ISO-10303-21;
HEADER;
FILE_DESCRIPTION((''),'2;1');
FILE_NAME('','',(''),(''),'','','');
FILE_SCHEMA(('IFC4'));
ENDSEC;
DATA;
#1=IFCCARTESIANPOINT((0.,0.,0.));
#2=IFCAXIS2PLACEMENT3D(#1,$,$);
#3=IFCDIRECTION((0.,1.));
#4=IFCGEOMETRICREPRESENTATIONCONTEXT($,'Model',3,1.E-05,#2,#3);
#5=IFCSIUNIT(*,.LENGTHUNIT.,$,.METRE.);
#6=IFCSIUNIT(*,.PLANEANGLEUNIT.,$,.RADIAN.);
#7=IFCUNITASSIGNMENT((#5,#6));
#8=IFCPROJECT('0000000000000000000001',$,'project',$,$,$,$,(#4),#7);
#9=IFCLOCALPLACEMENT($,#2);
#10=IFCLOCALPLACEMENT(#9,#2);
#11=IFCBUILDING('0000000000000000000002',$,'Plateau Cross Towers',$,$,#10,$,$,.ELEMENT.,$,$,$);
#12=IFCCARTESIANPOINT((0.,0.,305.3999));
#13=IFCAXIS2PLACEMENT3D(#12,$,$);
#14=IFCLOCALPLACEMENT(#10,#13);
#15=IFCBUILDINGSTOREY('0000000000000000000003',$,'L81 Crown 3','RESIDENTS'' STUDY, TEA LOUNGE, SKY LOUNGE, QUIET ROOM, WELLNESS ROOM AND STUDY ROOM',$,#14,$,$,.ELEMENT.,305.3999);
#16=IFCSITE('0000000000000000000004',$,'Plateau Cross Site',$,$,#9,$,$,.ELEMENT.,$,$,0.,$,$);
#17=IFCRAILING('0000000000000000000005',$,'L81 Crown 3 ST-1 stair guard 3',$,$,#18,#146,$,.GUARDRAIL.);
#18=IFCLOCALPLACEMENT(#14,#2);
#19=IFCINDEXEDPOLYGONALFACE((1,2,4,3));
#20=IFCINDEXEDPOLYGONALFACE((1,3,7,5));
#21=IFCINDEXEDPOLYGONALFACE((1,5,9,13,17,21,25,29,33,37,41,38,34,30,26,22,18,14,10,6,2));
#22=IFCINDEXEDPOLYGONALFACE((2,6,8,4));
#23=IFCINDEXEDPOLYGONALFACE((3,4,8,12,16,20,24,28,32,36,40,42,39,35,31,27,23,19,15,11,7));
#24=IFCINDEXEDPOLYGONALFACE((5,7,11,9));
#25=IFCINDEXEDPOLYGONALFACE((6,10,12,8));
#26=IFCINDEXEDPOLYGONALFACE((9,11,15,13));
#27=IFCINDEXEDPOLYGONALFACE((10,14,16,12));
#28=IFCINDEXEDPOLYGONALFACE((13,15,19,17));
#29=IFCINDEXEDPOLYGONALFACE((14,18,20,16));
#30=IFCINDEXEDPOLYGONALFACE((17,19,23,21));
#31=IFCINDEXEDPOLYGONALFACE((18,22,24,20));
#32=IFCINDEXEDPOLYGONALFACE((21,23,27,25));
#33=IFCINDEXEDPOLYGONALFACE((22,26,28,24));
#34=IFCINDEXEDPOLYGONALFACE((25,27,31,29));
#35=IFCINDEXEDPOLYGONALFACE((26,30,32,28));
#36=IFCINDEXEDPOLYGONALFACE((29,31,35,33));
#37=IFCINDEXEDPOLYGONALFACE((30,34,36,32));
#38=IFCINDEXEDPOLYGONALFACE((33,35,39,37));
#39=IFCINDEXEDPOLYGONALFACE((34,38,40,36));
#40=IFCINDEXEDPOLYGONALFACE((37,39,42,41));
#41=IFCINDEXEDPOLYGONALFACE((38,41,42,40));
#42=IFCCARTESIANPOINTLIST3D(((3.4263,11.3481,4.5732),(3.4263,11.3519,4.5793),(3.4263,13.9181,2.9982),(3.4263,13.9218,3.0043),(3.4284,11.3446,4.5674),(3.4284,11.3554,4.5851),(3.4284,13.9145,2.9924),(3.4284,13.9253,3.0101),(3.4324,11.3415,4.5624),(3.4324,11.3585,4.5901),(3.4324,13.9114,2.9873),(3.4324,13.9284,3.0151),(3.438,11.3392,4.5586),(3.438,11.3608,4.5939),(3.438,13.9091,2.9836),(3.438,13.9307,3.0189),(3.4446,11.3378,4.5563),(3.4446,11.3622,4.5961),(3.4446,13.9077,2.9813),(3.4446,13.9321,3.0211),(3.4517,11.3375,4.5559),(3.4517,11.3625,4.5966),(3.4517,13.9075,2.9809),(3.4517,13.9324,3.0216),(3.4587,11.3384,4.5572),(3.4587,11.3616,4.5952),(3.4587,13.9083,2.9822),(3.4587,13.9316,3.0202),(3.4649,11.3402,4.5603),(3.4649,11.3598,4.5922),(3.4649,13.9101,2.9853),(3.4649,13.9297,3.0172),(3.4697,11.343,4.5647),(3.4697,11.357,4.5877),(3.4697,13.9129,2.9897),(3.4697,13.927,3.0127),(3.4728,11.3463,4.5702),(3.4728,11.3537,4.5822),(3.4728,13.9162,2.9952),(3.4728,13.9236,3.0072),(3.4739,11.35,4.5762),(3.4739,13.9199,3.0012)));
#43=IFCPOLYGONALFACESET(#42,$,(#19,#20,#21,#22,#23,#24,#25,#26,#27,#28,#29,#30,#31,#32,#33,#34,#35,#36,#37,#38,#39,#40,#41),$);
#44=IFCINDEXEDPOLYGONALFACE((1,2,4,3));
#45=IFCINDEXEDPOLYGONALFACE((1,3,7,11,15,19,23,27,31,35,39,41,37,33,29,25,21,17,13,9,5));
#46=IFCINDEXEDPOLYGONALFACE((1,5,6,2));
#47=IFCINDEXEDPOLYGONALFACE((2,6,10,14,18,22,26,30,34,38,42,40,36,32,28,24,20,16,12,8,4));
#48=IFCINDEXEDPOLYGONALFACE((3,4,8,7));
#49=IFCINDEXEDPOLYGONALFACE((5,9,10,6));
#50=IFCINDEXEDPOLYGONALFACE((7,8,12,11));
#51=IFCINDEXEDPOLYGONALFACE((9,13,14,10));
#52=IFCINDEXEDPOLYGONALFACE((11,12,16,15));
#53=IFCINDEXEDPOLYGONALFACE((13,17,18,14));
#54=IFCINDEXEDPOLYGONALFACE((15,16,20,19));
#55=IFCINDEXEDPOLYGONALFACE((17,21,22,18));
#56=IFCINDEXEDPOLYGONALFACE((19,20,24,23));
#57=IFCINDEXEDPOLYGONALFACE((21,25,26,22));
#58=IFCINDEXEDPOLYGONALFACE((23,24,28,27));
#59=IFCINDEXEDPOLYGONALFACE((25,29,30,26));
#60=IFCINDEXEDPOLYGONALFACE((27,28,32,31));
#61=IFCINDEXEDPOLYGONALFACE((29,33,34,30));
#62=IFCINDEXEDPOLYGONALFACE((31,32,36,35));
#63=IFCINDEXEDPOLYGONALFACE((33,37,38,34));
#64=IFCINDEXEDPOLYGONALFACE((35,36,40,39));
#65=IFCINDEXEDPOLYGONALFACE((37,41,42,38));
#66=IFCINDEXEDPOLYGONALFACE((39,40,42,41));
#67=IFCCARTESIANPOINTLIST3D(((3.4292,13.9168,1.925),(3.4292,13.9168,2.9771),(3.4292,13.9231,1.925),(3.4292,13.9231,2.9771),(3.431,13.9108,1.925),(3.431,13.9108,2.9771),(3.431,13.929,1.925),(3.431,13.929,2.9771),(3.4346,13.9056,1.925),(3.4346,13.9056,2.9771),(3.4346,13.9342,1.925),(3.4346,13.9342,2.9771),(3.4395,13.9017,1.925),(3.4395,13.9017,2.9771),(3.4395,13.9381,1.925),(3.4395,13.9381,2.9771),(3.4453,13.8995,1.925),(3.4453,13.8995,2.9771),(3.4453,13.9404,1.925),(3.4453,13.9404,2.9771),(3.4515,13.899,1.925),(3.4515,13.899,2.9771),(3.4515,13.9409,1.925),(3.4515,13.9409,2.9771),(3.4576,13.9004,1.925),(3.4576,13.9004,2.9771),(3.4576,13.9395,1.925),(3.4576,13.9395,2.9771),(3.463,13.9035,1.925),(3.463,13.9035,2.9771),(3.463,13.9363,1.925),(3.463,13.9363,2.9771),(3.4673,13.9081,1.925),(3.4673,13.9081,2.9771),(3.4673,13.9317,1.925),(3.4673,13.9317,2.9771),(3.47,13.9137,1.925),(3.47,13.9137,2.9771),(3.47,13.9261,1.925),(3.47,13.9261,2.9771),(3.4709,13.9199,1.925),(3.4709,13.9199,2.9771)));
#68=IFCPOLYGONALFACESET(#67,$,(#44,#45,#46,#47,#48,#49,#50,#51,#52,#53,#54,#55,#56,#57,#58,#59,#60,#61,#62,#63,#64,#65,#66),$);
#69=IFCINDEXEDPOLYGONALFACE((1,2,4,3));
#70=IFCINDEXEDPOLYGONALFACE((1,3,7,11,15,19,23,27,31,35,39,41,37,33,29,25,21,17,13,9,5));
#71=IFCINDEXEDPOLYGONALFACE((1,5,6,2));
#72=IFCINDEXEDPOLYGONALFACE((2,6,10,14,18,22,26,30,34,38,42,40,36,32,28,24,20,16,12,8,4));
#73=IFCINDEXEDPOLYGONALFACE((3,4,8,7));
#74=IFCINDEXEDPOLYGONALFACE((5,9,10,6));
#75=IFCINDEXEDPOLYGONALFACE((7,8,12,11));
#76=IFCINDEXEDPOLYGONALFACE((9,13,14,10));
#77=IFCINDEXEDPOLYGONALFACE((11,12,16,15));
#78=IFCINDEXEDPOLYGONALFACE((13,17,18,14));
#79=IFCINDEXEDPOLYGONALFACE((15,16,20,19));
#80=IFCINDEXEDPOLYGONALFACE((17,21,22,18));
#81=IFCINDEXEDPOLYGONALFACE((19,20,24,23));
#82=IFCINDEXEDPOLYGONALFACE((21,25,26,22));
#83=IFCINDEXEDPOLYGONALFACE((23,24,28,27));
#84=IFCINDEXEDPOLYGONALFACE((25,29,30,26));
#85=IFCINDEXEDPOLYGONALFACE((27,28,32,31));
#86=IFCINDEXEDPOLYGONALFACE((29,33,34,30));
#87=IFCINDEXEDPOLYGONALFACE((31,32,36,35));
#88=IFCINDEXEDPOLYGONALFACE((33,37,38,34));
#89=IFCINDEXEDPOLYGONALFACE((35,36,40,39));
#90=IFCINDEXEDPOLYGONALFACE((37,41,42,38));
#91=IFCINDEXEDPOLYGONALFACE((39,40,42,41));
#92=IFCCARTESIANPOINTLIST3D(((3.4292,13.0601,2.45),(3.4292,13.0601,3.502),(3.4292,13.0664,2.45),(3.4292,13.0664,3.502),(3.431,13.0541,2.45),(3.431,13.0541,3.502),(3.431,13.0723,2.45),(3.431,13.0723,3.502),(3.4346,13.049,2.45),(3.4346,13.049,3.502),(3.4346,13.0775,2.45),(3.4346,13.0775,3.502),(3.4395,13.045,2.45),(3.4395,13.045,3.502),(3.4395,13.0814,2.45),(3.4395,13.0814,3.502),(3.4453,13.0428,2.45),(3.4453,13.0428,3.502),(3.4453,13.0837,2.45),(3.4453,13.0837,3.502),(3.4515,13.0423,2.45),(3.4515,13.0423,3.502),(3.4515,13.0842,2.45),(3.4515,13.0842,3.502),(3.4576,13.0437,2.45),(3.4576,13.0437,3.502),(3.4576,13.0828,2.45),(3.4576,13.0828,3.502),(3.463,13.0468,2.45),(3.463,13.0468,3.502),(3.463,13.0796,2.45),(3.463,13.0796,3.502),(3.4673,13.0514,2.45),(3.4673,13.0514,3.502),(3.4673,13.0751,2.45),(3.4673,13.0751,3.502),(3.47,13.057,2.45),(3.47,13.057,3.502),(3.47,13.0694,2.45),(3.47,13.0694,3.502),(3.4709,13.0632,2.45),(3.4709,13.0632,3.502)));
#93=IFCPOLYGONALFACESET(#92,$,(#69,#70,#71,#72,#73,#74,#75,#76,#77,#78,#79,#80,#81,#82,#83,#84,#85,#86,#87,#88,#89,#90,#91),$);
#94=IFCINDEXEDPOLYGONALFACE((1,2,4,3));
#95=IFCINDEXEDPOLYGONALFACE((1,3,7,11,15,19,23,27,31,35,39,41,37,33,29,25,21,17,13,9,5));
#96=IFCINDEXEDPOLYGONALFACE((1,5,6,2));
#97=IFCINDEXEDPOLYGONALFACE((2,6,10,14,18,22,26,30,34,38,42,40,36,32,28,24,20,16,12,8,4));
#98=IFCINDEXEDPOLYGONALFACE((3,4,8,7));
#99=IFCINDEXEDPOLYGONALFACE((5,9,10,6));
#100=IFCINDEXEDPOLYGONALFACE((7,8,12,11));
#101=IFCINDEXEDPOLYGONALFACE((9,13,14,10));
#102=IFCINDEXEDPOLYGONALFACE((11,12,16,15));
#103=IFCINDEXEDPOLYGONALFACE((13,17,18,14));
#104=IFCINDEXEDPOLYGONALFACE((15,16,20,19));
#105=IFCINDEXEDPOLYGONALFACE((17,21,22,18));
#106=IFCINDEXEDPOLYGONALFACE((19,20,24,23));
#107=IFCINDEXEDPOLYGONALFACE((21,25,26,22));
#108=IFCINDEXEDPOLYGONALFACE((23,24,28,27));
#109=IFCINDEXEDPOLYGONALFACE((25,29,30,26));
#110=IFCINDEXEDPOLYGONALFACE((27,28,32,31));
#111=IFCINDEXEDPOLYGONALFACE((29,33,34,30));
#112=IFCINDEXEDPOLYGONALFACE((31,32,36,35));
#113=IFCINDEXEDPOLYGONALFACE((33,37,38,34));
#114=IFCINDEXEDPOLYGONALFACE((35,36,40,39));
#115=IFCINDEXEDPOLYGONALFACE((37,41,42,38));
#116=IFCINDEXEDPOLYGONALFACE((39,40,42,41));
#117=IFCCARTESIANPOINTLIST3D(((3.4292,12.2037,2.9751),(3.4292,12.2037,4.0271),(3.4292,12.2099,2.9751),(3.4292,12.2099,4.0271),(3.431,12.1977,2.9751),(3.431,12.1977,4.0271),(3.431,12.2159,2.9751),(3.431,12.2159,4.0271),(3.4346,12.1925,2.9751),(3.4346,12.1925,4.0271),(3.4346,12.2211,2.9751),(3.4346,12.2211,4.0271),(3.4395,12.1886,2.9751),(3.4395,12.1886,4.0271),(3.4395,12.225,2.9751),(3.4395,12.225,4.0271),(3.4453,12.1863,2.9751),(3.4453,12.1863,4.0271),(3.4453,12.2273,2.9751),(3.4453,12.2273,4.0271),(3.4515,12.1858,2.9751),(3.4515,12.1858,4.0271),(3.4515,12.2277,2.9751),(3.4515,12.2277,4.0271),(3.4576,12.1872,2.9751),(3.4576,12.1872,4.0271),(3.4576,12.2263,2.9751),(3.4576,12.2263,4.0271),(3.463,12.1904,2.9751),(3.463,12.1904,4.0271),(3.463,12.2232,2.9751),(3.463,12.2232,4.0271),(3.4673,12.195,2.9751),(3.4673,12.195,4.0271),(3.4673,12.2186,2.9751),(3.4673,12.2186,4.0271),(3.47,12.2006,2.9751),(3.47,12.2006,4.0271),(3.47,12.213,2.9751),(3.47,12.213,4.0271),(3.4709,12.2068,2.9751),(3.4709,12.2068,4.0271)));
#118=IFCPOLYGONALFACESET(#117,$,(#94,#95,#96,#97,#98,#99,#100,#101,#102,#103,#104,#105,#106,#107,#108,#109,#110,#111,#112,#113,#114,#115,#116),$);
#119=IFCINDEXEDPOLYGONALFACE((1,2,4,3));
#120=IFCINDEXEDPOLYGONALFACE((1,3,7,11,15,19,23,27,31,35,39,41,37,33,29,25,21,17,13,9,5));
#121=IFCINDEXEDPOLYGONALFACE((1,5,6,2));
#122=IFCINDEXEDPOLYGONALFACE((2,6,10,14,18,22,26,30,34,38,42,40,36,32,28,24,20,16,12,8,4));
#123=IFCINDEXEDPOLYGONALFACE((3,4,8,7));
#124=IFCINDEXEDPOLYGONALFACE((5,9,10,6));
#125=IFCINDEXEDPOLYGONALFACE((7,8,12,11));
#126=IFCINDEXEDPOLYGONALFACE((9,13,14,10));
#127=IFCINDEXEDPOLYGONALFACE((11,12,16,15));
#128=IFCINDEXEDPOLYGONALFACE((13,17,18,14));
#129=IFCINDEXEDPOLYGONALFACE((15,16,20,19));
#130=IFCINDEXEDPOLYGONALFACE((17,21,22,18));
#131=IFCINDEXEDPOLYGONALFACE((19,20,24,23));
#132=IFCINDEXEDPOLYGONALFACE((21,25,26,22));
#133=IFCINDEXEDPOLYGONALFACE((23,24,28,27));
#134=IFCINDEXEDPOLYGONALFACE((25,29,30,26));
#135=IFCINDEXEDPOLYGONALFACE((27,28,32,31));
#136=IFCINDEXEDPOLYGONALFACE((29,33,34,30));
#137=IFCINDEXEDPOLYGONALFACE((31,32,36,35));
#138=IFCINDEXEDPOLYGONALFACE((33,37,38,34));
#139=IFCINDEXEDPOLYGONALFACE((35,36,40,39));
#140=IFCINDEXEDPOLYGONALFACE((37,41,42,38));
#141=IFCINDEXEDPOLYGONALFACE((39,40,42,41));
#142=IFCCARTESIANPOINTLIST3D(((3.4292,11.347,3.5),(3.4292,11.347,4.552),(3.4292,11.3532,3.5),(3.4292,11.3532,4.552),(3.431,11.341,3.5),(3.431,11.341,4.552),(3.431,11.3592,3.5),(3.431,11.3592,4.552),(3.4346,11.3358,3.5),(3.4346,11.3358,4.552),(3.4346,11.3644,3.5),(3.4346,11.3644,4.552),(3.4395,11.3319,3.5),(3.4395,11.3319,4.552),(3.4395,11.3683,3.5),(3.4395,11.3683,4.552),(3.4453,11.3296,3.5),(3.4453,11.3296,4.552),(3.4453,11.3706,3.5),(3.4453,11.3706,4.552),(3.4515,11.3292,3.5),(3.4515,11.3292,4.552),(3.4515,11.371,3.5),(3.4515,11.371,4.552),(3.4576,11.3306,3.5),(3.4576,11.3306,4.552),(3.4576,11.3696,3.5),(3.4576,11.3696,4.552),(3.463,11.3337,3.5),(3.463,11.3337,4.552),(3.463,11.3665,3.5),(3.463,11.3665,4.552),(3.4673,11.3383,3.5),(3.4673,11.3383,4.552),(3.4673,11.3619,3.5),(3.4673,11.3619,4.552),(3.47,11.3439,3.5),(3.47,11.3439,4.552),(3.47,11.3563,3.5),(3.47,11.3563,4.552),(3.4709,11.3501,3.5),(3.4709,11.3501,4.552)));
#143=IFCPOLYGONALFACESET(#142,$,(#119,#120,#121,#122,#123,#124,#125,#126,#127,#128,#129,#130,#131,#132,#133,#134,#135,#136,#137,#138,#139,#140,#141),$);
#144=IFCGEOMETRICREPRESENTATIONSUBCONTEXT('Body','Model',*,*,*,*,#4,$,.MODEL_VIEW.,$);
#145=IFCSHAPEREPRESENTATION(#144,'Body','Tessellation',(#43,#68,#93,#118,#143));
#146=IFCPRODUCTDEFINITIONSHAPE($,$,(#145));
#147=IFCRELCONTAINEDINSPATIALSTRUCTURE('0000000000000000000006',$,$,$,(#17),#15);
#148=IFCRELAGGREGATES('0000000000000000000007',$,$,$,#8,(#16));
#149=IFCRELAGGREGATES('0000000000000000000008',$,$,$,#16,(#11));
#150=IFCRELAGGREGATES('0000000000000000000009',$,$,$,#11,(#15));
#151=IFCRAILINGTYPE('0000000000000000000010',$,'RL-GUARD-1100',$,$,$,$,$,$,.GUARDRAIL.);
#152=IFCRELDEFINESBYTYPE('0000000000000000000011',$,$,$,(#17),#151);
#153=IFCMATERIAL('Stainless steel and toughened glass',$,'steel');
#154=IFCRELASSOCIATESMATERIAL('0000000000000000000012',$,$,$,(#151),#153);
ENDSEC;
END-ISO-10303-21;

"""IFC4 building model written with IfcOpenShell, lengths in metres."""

from ifc_helpers import new_model, si_unit, direction, frame, origin, origin_2d, place, context, subcontext, project, spatial, circle, extrude, material, type_object, element, save


model = new_model("IFC4")

# Units and contexts
model_context = context("Model", 3, precision=1e-05, world=origin(), true_north=direction((0.0, 1.0)))
body_context = subcontext(model_context, "Body", "Model", "MODEL_VIEW")
ifc_project = project(units=[si_unit("LENGTHUNIT", "METRE"), si_unit("PLANEANGLEUNIT", "RADIAN")], contexts=[model_context])

# Site, building, storey
site_placement = place(None, origin())
site = spatial("IfcSite", under=ifc_project, at=site_placement, Name="Plateau Cross Site", CompositionType="ELEMENT", RefElevation=0.0)
building_placement = place(site_placement, origin())
building = spatial("IfcBuilding", under=site, at=building_placement, Name="Plateau Cross Towers", CompositionType="ELEMENT")
storey_placement = place(building_placement, frame((0.0, 0.0, 305.3999)))
storey = spatial("IfcBuildingStorey", under=building, at=storey_placement, Name="L81 Crown 3", Description="RESIDENTS' STUDY, TEA LOUNGE, SKY LOUNGE, QUIET ROOM, WELLNESS ROOM AND STUDY ROOM", CompositionType="ELEMENT", Elevation=305.3999)

# Railing
ifc_material_1 = material(Name="Stainless steel and toughened glass", Category="steel")
railing_type_1 = type_object("IfcRailingType", Name="RL-GUARD-1100", PredefinedType="GUARDRAIL", material=ifc_material_1)
railing_1_placement = place(storey_placement, frame((3.45, 13.9199, 1.925)))
element("IfcRailing", 1, at=railing_1_placement, inside=storey, type_object=railing_type_1, Name="L81 Crown 3 ST-1 stair guard 3", PredefinedType="GUARDRAIL", context=body_context, shape_type="SweptSolid", body=[
    extrude(circle(Radius=0.0239, at=origin_2d()), frame((0.0, 0.0, 1.0762), z_axis=(0.0, -0.852616, 0.522537), x_axis=(1.0, 0.0, 0.0)), (0.0, 0.0, 1.0), 3.0142),
    extrude(circle(Radius=0.021, at=origin_2d()), origin(), (0.0, 0.0, 1.0), 1.052),
    extrude(circle(Radius=0.021, at=origin_2d()), frame((0.0, -0.8567, 0.5249)), (0.0, 0.0, 1.0), 1.052),
    extrude(circle(Radius=0.021, at=origin_2d()), frame((0.0, -1.7131, 1.05)), (0.0, 0.0, 1.0), 1.052),
    extrude(circle(Radius=0.021, at=origin_2d()), frame((0.0, -2.5698, 1.575)), (0.0, 0.0, 1.0), 1.052),
])

save(model, "model.ifc")
